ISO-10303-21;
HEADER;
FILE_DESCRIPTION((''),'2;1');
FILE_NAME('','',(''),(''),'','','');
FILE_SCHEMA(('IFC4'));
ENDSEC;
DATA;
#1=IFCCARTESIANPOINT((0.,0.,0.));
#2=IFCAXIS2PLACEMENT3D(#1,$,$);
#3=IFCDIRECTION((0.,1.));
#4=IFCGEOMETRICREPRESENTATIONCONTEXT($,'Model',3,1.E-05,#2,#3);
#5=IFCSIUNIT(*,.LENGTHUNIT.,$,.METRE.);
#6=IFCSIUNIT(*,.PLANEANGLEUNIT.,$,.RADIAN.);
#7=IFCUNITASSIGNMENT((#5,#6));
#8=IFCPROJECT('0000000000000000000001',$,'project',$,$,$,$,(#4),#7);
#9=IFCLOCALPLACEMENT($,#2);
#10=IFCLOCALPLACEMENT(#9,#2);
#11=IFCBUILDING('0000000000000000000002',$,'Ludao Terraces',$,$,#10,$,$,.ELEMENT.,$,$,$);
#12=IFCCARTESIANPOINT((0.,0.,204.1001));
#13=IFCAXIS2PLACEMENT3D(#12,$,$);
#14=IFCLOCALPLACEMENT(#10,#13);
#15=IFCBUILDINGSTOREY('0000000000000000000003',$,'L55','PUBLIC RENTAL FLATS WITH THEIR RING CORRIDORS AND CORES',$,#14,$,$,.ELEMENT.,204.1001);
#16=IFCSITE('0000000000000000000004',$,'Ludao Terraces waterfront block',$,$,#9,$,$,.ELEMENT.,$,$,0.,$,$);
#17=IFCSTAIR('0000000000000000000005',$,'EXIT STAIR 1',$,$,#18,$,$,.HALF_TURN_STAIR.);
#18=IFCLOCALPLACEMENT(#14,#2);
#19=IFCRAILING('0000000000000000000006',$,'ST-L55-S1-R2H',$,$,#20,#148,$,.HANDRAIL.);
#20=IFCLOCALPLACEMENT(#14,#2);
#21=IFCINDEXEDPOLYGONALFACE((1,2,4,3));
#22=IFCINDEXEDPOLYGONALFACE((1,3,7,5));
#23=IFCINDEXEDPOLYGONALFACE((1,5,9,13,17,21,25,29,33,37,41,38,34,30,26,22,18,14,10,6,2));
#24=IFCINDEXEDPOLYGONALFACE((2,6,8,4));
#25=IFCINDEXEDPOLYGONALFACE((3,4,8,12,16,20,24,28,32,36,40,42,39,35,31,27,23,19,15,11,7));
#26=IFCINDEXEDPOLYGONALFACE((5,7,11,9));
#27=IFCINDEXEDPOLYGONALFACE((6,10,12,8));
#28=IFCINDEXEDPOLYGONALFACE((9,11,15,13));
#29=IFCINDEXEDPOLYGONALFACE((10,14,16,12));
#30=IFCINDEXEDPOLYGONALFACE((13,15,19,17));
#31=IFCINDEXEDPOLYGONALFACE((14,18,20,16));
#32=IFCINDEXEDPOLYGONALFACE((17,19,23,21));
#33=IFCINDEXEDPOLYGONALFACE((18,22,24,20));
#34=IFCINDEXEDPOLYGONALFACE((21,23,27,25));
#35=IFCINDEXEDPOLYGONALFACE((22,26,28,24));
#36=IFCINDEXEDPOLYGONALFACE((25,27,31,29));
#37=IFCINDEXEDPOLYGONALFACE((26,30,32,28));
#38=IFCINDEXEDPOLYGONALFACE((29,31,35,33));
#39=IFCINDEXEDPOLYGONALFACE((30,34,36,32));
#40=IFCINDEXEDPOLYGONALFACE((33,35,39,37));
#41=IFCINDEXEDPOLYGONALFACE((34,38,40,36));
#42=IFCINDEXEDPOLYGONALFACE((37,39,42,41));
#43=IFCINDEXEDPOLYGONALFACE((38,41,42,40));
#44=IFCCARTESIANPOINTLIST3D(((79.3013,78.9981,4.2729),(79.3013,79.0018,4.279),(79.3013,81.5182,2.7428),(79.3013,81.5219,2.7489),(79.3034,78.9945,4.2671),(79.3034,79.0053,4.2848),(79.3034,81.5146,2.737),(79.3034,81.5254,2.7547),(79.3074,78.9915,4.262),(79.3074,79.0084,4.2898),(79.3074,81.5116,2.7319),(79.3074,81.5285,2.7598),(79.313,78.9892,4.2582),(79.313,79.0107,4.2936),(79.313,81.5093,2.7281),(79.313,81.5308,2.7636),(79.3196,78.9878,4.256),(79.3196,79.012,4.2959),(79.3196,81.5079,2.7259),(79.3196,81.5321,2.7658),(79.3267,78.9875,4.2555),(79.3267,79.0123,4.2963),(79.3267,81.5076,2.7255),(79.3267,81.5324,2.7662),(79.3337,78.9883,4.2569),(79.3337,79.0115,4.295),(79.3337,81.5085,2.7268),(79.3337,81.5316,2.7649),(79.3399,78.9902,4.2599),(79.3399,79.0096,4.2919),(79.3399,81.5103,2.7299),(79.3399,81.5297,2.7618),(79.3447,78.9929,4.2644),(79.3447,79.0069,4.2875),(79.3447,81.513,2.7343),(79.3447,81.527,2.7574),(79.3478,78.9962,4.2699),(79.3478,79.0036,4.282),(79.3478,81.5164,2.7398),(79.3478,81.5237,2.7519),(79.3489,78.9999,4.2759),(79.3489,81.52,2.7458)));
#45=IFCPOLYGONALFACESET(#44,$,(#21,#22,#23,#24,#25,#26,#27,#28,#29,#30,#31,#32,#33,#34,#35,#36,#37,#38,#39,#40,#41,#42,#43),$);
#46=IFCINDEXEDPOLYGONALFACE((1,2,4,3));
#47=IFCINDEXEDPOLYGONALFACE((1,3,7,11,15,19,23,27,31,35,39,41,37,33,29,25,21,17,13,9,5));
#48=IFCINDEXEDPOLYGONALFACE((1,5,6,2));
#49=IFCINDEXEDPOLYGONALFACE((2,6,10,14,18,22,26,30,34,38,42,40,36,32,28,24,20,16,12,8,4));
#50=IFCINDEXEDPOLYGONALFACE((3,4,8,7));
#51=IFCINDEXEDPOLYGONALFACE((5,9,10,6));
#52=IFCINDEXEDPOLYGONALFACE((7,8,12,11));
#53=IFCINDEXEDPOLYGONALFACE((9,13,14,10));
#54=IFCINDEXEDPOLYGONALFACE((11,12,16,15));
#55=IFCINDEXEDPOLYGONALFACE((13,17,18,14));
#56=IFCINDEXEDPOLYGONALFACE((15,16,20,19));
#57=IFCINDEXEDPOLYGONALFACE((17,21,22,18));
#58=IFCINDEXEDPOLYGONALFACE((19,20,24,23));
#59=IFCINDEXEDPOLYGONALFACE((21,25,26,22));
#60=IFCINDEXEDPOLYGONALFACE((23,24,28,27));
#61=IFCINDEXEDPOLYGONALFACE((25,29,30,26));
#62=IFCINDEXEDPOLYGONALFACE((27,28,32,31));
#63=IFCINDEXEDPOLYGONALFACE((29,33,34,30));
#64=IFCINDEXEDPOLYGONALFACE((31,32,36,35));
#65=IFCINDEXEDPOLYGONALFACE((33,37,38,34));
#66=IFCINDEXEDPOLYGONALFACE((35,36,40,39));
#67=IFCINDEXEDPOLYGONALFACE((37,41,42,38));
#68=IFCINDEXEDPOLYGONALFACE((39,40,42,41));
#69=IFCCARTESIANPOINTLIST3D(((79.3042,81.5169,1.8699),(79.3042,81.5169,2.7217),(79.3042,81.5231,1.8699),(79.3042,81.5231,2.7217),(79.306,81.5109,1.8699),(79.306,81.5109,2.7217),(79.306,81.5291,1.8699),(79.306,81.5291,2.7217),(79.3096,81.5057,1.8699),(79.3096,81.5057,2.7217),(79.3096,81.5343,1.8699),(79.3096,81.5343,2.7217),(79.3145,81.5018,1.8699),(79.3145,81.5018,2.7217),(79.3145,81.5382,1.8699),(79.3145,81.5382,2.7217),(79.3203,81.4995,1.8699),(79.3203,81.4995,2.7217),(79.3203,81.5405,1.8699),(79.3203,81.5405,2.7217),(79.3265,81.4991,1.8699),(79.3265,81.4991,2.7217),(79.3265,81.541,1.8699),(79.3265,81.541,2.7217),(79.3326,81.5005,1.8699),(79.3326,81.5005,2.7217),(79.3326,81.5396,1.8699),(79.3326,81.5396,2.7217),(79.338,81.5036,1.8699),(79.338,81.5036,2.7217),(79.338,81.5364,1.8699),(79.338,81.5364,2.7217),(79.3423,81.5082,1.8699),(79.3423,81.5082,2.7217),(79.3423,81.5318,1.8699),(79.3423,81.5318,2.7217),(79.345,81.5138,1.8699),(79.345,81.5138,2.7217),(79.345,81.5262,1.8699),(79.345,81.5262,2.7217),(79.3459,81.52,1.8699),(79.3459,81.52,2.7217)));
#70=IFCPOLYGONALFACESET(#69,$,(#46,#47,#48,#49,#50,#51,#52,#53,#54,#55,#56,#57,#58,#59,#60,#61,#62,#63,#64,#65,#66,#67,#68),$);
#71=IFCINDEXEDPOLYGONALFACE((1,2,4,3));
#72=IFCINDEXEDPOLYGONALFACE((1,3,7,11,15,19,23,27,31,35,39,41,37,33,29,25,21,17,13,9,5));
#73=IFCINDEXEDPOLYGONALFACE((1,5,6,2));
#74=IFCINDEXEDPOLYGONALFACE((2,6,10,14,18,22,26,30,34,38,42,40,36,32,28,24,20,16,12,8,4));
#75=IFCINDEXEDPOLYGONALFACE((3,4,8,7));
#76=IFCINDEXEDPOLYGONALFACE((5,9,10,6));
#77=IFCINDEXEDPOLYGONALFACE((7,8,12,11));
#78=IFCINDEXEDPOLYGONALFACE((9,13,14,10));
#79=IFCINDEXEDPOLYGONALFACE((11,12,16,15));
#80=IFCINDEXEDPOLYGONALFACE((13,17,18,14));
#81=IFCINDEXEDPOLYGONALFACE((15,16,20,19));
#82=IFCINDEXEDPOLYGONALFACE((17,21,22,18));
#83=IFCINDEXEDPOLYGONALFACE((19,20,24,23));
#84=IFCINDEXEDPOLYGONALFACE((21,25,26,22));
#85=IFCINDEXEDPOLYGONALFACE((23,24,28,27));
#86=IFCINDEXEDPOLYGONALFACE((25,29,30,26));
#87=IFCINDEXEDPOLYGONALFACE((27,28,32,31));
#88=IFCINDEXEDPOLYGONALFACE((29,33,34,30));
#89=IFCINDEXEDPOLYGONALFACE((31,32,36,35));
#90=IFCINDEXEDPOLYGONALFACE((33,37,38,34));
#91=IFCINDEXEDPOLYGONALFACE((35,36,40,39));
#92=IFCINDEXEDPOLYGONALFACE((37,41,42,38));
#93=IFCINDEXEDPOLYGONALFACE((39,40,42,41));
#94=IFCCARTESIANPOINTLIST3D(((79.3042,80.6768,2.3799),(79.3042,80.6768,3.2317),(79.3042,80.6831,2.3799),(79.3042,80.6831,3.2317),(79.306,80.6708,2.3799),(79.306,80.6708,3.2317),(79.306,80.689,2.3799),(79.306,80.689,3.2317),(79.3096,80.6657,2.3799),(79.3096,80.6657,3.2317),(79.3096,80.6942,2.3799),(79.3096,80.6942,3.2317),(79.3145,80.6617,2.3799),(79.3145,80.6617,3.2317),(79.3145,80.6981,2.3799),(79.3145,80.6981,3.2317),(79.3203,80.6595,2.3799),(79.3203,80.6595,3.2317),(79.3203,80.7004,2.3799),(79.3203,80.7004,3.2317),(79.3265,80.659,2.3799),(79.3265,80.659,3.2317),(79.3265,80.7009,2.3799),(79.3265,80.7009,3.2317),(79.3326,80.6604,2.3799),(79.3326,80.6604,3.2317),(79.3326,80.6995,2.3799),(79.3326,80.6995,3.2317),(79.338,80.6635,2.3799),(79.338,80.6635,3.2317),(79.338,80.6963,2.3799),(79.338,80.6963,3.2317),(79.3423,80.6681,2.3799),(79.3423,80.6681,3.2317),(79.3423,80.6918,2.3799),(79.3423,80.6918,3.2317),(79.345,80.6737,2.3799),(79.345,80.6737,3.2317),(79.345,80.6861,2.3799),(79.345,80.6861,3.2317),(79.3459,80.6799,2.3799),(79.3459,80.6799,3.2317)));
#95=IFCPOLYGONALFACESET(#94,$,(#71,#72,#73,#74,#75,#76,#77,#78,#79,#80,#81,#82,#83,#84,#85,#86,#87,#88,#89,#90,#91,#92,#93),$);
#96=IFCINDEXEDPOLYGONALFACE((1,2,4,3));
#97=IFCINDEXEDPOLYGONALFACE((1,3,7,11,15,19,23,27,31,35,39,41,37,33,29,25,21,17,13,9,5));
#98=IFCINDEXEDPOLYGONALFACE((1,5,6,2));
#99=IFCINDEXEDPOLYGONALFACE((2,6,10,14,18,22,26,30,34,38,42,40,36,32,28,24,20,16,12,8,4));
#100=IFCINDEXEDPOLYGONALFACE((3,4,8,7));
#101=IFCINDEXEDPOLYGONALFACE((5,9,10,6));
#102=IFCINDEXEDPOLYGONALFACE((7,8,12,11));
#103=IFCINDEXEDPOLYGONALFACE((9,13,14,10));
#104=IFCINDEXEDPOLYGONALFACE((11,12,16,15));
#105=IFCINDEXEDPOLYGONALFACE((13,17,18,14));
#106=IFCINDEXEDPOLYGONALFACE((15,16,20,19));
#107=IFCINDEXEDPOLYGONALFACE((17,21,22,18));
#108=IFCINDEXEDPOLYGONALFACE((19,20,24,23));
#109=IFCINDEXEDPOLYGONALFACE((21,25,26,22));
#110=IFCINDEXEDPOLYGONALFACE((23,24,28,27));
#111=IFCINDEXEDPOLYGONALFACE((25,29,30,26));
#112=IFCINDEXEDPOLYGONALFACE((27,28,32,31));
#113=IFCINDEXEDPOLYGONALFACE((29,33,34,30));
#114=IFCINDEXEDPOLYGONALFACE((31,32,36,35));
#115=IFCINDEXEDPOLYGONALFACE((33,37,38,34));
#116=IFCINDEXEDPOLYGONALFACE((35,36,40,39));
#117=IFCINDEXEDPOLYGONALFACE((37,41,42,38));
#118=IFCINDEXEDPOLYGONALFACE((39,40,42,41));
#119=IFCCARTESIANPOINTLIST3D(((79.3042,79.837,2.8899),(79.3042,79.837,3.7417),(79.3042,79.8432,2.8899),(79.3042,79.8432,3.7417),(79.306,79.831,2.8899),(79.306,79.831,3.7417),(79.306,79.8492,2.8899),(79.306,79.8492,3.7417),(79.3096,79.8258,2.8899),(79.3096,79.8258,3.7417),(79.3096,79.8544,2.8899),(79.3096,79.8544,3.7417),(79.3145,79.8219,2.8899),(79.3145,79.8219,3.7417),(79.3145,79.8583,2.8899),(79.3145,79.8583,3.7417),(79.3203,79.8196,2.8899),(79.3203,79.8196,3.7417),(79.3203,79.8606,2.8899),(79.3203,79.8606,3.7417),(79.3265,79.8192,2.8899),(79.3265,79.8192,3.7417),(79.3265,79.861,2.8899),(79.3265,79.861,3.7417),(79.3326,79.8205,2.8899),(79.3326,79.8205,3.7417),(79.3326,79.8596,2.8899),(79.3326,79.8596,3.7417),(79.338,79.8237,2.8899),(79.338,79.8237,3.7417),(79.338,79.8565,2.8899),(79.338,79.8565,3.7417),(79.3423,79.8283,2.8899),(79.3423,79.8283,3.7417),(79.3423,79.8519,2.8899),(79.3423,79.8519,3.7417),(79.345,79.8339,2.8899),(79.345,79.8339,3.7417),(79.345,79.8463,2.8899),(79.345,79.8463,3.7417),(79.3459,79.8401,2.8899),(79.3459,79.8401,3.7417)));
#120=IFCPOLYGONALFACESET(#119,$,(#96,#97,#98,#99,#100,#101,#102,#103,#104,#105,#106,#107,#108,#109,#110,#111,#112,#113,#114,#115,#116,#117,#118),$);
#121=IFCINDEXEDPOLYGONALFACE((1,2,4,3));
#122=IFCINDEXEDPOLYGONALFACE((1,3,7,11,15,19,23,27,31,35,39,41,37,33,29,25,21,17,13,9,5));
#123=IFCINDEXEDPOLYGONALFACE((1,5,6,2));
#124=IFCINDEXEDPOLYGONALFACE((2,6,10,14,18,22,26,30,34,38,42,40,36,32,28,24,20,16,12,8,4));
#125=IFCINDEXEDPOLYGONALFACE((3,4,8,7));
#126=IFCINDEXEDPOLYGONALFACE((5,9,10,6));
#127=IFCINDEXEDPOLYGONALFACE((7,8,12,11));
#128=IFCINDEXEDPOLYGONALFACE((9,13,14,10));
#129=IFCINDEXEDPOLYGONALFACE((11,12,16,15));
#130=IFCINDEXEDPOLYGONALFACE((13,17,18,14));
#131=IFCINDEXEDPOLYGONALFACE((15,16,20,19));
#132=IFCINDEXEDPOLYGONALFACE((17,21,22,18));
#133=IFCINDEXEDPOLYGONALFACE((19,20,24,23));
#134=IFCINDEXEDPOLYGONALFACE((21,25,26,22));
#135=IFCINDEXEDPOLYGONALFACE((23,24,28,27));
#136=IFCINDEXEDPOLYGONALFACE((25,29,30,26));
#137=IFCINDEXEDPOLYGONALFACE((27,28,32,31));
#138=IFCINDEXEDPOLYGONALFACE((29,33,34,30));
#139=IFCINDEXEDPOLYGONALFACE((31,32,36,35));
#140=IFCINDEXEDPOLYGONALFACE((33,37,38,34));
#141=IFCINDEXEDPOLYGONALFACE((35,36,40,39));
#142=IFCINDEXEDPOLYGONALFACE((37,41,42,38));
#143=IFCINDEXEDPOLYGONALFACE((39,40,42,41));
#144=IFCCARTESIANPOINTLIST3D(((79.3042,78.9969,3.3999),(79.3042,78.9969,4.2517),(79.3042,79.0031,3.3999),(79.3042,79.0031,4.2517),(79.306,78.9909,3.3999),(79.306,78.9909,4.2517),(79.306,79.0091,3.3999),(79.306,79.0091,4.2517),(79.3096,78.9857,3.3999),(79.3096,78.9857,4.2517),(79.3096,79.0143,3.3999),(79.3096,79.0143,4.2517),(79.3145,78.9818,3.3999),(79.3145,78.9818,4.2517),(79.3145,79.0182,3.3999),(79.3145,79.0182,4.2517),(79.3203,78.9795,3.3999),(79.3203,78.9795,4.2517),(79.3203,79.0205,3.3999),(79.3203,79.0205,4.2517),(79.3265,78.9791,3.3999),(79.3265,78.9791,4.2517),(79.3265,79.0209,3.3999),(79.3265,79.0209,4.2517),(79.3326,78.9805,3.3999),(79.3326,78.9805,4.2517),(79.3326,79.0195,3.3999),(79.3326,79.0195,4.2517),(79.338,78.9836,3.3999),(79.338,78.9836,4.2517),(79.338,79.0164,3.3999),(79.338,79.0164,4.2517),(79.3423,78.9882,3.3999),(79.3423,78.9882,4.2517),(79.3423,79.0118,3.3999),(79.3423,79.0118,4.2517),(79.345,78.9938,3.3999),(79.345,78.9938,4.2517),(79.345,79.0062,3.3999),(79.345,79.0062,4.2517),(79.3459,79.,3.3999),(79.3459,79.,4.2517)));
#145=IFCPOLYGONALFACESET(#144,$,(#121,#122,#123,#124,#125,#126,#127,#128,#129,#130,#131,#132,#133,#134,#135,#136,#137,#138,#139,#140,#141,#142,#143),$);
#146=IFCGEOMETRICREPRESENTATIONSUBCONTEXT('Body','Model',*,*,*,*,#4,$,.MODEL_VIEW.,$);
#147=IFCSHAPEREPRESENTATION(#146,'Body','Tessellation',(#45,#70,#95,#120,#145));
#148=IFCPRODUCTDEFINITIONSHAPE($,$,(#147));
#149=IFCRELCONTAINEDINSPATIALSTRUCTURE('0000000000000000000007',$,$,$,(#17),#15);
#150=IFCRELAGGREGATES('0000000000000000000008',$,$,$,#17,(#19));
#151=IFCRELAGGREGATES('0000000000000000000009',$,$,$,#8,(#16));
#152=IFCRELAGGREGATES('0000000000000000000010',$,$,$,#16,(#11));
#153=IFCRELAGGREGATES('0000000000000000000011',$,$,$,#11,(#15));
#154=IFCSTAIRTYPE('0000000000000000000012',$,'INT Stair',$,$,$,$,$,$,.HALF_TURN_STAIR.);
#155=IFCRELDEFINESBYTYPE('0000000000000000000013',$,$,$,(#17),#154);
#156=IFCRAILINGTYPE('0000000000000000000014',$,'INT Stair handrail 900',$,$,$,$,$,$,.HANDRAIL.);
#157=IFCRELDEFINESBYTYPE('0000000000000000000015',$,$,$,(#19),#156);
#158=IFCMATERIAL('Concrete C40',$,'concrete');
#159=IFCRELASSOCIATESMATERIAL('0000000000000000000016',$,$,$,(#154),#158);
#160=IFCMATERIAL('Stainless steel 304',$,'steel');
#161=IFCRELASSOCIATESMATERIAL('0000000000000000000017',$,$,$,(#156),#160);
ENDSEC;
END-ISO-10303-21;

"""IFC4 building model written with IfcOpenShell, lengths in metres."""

from ifc_helpers import new_model, si_unit, direction, frame, origin, origin_2d, place, context, subcontext, project, spatial, circle, extrude, material, type_object, element, aggregate, save


model = new_model("IFC4")

# Units and contexts
model_context = context("Model", 3, precision=1e-05, world=origin(), true_north=direction((0.0, 1.0)))
body_context = subcontext(model_context, "Body", "Model", "MODEL_VIEW")
ifc_project = project(units=[si_unit("LENGTHUNIT", "METRE"), si_unit("PLANEANGLEUNIT", "RADIAN")], contexts=[model_context])

# Site, building, storey
site_placement = place(None, origin())
site = spatial("IfcSite", under=ifc_project, at=site_placement, Name="Ludao Terraces waterfront block", CompositionType="ELEMENT", RefElevation=0.0)
building_placement = place(site_placement, origin())
building = spatial("IfcBuilding", under=site, at=building_placement, Name="Ludao Terraces", CompositionType="ELEMENT")
storey_placement = place(building_placement, frame((0.0, 0.0, 204.1001)))
storey = spatial("IfcBuildingStorey", under=building, at=storey_placement, Name="L55", Description="PUBLIC RENTAL FLATS WITH THEIR RING CORRIDORS AND CORES", CompositionType="ELEMENT", Elevation=204.1001)

# Shared definitions
ifc_material_1 = material(Name="Concrete C40", Category="concrete")

# Stair, railing
stair_type = type_object("IfcStairType", Name="INT Stair", PredefinedType="HALF_TURN_STAIR", material=ifc_material_1)
stair_placement = place(storey_placement, origin())
stair = element("IfcStair", 1, at=stair_placement, inside=storey, type_object=stair_type, Name="EXIT STAIR 1", PredefinedType="HALF_TURN_STAIR")
ifc_material_2 = material(Name="Stainless steel 304", Category="steel")
railing_type_1 = type_object("IfcRailingType", Name="INT Stair handrail 900", PredefinedType="HANDRAIL", material=ifc_material_2)
railing_1_placement = place(storey_placement, frame((79.325, 81.52, 1.8699)))
railing_1 = element("IfcRailing", 2, at=railing_1_placement, type_object=railing_type_1, Name="ST-L55-S1-R2H", PredefinedType="HANDRAIL", context=body_context, shape_type="SweptSolid", body=[
    extrude(circle(Radius=0.0239, at=origin_2d()), frame((0.0, 0.0, 0.876), z_axis=(0.0, -0.854785, 0.518982), x_axis=(1.0, 0.0, 0.0)), (0.0, 0.0, 1.0), 2.9482),
    extrude(circle(Radius=0.021, at=origin_2d()), origin(), (0.0, 0.0, 1.0), 0.8518),
    extrude(circle(Radius=0.021, at=origin_2d()), frame((0.0, -0.8401, 0.51)), (0.0, 0.0, 1.0), 0.8518),
    extrude(circle(Radius=0.021, at=origin_2d()), frame((0.0, -1.6799, 1.02)), (0.0, 0.0, 1.0), 0.8518),
    extrude(circle(Radius=0.021, at=origin_2d()), frame((0.0, -2.52, 1.53)), (0.0, 0.0, 1.0), 0.8518),
])
aggregate(stair, [railing_1])

save(model, "model.ifc")
